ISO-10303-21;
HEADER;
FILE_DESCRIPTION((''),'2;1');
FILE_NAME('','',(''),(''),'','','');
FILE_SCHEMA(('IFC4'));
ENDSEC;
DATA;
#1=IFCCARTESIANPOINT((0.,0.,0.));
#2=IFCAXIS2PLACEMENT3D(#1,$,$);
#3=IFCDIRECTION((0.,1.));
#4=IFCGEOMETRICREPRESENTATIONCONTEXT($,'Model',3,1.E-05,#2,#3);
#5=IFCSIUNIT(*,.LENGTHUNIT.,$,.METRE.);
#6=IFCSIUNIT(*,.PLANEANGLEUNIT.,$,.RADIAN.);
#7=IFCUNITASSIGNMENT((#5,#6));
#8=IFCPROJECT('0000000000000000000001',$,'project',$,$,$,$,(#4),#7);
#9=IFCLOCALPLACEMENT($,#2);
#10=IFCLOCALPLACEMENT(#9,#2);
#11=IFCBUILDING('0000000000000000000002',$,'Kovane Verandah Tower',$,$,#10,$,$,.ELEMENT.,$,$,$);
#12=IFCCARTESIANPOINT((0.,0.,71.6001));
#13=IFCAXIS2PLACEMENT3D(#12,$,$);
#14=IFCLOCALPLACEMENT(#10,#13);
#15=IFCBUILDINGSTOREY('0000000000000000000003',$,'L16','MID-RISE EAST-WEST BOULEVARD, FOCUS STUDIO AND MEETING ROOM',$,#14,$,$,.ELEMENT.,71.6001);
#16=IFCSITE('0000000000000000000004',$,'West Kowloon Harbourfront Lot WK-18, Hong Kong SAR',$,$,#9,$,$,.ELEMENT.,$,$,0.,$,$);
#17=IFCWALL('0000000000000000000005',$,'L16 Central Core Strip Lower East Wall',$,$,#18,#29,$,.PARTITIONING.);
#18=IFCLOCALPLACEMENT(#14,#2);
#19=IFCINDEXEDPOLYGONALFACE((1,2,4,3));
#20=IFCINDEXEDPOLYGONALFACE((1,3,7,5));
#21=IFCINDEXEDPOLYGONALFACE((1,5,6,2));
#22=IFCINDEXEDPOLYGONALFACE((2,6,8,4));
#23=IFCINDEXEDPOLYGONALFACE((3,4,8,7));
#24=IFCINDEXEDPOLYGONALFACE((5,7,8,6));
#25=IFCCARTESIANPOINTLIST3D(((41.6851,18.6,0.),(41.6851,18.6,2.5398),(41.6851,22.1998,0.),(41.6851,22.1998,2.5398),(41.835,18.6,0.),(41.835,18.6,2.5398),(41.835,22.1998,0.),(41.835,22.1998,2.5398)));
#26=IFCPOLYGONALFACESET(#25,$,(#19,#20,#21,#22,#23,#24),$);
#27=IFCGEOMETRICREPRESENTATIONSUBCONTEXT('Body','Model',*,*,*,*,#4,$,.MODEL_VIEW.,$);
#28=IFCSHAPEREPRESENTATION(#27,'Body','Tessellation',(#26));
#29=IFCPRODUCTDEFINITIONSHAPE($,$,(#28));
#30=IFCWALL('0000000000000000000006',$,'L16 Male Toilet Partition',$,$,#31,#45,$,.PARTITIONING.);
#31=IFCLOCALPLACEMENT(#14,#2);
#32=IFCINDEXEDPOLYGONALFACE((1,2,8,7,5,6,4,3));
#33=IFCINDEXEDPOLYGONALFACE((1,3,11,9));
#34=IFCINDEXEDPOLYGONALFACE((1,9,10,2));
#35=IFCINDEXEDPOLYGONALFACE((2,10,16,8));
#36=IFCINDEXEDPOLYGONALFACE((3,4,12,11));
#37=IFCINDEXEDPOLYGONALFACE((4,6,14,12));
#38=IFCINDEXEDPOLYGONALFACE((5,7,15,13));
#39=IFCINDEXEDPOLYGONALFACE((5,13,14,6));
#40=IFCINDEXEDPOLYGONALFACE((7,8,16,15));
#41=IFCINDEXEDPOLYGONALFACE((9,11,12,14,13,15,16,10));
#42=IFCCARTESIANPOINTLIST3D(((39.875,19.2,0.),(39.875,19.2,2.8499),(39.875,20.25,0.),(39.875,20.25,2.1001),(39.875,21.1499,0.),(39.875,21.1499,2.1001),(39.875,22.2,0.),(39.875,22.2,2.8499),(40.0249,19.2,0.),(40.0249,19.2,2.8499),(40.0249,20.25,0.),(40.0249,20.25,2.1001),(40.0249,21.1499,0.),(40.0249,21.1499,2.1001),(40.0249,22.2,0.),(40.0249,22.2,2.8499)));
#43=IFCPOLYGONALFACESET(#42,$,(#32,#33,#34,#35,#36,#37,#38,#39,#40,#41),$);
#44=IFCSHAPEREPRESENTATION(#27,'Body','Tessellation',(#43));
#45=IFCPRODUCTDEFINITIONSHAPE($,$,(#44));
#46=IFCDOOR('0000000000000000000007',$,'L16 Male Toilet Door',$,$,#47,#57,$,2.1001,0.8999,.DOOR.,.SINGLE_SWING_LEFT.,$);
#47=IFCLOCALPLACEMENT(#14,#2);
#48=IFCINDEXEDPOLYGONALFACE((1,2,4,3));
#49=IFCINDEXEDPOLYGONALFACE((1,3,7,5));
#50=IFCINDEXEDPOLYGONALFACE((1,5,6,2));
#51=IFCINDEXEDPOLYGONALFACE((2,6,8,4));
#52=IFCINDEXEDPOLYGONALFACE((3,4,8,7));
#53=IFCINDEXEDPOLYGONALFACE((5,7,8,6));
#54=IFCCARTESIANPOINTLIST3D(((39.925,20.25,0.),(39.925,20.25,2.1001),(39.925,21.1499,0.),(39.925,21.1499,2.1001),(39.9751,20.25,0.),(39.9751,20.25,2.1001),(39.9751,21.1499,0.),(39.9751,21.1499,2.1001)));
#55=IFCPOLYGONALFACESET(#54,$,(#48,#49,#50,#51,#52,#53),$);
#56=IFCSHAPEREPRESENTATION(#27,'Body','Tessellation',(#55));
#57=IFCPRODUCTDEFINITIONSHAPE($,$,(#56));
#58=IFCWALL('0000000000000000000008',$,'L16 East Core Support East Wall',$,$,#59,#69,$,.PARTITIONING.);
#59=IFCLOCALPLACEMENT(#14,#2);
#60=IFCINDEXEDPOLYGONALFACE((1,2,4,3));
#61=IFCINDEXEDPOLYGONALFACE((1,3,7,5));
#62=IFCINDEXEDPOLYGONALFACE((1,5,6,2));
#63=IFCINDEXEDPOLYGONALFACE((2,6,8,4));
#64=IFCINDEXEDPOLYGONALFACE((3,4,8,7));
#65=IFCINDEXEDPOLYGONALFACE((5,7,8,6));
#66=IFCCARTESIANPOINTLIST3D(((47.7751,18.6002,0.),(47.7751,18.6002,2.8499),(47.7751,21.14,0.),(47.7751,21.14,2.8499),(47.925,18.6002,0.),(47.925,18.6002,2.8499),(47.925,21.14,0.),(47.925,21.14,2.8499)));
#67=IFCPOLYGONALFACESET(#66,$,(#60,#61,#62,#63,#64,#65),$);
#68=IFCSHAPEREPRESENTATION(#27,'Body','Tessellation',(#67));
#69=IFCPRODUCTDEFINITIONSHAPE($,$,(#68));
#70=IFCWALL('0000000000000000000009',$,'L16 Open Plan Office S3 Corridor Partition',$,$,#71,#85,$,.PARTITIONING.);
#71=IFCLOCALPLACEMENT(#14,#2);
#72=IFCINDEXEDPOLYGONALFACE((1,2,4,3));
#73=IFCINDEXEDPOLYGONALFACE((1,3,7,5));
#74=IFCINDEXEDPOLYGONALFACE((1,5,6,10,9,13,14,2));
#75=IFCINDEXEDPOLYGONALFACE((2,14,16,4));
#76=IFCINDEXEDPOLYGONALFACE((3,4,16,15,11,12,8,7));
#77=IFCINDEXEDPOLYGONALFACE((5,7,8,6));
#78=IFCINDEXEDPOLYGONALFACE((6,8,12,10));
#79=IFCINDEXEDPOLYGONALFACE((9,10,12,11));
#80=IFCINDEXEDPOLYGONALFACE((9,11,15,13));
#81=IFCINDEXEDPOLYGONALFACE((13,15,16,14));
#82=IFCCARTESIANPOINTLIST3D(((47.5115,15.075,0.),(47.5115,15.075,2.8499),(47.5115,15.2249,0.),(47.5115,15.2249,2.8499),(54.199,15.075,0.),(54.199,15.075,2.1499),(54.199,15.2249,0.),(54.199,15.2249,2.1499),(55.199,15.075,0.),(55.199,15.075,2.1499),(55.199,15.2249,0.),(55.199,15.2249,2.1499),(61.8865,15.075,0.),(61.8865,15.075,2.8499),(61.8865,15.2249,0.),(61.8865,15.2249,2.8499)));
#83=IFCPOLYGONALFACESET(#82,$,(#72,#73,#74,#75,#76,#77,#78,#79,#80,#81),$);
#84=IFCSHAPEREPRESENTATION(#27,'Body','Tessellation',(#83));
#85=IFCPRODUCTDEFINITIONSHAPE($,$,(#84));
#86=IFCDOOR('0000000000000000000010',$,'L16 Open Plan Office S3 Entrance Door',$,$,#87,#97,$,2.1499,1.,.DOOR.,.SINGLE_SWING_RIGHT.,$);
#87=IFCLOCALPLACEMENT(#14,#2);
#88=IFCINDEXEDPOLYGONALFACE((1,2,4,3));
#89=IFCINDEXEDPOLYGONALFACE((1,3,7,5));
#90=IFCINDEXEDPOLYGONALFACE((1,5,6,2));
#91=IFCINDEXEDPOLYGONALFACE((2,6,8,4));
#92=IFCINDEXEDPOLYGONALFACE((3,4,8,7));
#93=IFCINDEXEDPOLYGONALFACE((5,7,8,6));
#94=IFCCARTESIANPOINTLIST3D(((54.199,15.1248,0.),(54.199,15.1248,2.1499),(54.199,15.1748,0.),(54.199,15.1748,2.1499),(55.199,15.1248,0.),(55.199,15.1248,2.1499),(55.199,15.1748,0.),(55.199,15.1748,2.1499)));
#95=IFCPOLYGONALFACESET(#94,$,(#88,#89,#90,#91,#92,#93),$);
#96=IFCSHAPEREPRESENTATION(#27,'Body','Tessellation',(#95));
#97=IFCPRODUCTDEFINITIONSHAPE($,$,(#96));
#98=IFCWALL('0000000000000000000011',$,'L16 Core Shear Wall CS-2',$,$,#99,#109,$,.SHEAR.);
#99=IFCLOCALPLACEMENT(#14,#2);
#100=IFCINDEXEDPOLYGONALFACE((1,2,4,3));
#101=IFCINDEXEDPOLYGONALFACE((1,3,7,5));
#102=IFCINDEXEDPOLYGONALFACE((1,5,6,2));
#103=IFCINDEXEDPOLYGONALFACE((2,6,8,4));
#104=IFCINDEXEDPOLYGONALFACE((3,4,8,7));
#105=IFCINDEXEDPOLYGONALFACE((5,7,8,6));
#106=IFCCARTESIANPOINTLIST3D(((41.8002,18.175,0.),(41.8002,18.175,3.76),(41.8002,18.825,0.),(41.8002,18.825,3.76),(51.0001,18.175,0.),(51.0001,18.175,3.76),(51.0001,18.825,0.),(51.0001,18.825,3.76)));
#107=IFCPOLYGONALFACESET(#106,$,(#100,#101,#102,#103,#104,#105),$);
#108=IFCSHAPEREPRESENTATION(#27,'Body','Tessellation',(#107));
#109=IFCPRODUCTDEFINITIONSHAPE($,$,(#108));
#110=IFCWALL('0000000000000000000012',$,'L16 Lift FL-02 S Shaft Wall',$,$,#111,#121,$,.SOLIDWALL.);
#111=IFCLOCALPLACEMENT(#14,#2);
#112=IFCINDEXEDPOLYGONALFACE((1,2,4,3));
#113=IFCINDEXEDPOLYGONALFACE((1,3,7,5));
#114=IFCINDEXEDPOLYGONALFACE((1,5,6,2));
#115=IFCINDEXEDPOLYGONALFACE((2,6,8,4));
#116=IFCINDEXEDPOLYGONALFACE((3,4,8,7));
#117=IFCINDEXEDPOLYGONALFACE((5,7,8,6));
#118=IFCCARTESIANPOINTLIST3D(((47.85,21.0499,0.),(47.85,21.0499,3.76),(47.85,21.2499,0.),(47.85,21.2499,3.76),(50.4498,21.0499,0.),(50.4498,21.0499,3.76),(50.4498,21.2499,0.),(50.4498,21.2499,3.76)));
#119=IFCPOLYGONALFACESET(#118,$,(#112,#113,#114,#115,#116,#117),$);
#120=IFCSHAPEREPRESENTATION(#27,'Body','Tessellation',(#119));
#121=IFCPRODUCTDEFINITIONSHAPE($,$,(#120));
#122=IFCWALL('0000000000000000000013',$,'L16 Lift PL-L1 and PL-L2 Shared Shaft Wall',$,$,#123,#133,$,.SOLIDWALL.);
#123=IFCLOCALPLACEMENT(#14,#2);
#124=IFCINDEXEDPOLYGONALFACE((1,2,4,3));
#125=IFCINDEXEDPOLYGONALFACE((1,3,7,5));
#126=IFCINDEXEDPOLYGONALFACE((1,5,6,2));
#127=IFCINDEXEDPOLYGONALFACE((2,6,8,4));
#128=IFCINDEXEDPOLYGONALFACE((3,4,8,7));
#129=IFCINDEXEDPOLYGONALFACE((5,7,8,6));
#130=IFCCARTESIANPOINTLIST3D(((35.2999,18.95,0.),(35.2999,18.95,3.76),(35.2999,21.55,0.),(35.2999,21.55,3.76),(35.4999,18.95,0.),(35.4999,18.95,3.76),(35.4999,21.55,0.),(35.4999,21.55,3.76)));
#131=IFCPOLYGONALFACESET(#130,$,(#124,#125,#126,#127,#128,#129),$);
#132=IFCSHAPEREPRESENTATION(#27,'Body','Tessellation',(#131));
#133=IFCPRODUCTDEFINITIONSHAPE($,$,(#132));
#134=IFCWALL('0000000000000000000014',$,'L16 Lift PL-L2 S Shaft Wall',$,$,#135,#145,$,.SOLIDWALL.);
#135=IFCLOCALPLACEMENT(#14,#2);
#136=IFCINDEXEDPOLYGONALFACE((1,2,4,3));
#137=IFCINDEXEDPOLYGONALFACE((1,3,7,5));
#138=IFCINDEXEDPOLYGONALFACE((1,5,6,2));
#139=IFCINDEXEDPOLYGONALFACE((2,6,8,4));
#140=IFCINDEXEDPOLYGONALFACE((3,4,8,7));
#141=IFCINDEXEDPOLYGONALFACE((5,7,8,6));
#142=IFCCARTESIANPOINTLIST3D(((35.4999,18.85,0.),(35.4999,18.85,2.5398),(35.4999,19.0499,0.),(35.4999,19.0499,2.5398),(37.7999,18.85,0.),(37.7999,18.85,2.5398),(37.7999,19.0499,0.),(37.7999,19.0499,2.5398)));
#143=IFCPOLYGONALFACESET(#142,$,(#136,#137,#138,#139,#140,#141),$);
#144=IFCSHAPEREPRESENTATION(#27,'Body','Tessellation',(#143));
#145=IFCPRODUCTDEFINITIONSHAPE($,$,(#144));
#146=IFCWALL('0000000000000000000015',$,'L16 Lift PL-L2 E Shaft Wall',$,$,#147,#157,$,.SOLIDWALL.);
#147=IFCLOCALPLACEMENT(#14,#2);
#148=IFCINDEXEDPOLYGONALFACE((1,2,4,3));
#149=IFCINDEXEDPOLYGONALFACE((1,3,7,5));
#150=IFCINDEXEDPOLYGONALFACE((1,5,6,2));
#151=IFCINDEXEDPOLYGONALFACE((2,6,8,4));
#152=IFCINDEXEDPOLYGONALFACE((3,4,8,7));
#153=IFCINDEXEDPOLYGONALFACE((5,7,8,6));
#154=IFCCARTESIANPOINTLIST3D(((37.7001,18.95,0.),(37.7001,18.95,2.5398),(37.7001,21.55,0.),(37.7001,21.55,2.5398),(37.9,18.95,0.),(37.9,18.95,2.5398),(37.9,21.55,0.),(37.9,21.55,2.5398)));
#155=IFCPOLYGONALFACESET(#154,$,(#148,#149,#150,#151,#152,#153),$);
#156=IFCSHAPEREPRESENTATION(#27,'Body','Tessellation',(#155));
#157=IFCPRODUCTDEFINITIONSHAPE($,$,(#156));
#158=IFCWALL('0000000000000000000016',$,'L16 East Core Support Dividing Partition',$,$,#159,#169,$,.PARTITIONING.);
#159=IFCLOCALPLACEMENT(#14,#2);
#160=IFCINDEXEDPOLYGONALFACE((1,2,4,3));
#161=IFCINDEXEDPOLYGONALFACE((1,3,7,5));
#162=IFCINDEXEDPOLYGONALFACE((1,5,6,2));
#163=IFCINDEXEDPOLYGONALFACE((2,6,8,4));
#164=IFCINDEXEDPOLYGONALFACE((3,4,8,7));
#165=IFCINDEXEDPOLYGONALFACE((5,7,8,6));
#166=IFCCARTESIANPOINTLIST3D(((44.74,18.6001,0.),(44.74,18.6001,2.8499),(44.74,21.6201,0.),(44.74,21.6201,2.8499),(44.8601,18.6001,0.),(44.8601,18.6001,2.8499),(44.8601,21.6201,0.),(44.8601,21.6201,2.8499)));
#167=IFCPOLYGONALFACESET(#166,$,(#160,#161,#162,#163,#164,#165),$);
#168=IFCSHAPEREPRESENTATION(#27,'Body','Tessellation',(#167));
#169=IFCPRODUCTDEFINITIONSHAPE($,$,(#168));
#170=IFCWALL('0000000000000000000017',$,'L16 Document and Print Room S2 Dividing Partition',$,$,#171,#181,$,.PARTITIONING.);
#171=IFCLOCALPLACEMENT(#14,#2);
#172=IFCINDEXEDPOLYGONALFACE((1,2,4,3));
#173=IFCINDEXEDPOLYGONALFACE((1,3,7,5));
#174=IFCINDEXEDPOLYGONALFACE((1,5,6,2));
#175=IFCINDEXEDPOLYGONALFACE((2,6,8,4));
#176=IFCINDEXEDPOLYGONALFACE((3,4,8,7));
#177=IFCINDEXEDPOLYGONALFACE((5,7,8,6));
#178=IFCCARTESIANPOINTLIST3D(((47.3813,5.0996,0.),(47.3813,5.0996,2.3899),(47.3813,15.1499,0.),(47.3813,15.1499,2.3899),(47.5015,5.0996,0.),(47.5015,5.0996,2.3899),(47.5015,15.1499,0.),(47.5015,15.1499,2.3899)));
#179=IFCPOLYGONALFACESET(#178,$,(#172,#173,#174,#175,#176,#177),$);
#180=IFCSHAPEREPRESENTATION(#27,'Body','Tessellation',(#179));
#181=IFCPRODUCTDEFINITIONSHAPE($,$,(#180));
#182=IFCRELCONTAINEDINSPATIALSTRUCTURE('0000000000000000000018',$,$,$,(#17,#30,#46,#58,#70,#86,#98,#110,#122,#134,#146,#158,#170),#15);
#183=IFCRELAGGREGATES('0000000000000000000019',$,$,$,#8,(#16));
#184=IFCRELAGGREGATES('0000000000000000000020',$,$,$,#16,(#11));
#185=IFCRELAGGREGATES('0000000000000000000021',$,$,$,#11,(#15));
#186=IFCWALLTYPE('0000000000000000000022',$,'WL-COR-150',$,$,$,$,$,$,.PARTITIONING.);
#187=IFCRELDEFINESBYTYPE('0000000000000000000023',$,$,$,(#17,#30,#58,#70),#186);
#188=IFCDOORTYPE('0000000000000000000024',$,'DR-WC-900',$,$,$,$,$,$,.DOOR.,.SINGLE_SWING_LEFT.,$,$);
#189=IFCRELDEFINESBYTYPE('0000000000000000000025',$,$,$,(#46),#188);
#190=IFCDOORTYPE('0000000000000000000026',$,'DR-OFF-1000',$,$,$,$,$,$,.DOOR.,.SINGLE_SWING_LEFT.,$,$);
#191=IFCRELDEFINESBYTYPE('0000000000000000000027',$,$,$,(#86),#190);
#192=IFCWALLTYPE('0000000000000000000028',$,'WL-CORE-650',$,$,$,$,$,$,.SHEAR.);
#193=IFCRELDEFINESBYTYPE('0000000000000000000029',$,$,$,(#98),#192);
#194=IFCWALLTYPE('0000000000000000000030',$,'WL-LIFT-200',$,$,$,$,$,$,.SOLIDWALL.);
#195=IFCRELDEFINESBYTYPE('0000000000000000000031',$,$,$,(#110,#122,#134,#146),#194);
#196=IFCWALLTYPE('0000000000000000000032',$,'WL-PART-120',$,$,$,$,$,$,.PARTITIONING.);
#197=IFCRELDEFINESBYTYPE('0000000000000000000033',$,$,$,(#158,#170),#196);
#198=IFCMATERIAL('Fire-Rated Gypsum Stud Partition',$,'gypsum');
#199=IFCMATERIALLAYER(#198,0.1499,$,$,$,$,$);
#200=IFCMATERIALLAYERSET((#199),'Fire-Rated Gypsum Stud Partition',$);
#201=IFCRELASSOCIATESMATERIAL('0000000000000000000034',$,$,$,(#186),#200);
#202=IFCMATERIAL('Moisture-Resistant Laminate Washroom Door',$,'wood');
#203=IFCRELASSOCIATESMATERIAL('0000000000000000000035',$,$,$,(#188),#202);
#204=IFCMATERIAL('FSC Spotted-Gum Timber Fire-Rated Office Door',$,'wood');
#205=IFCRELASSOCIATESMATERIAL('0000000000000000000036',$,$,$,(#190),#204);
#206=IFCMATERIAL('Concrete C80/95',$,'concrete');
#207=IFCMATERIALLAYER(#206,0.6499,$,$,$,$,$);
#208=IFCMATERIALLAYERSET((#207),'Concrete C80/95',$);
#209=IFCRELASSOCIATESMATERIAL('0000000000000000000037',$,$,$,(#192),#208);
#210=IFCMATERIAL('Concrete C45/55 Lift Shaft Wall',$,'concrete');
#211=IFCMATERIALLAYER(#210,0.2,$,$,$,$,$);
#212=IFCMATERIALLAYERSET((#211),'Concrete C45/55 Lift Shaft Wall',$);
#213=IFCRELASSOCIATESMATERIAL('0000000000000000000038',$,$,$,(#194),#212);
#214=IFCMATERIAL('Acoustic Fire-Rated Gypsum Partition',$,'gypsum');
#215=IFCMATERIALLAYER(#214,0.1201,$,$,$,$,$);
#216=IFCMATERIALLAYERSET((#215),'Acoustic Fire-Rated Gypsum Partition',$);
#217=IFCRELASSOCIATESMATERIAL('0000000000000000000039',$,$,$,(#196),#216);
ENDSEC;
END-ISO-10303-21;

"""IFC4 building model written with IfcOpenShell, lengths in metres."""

from ifc_helpers import new_model, si_unit, direction, frame, frame_2d, origin, place, context, subcontext, project, spatial, rectangle, extrude, material, layer, layer_set, type_object, element, fill, save


model = new_model("IFC4")

# Units and contexts
model_context = context("Model", 3, precision=1e-05, world=origin(), true_north=direction((0.0, 1.0)))
body_context = subcontext(model_context, "Body", "Model", "MODEL_VIEW")
ifc_project = project(units=[si_unit("LENGTHUNIT", "METRE"), si_unit("PLANEANGLEUNIT", "RADIAN")], contexts=[model_context])

# Site, building, storey
site_placement = place(None, origin())
site = spatial("IfcSite", under=ifc_project, at=site_placement, Name="West Kowloon Harbourfront Lot WK-18, Hong Kong SAR", CompositionType="ELEMENT", RefElevation=0.0)
building_placement = place(site_placement, origin())
building = spatial("IfcBuilding", under=site, at=building_placement, Name="Kovane Verandah Tower", CompositionType="ELEMENT")
storey_placement = place(building_placement, frame((0.0, 0.0, 71.6001)))
storey = spatial("IfcBuildingStorey", under=building, at=storey_placement, Name="L16", Description="MID-RISE EAST-WEST BOULEVARD, FOCUS STUDIO AND MEETING ROOM", CompositionType="ELEMENT", Elevation=71.6001)

# Shared definitions
ifc_material_1 = material(Name="Concrete C80/95", Category="concrete")

# Wall
ifc_material_2 = material(Name="Fire-Rated Gypsum Stud Partition", Category="gypsum")
ifc_layer_1 = layer(ifc_material_2, 0.1499)
ifc_layer_set_1 = layer_set([ifc_layer_1], Name="Fire-Rated Gypsum Stud Partition")
wall_type_1 = type_object("IfcWallType", Name="WL-COR-150", PredefinedType="PARTITIONING", material=ifc_layer_set_1)
wall_1_placement = place(storey_placement, frame((41.76, 18.6001, 0.0), z_axis=(0.0, 0.0, 1.0), x_axis=(0.0, 1.0, 0.0)))
element("IfcWall", 1, at=wall_1_placement, inside=storey, type_object=wall_type_1, Name="L16 Central Core Strip Lower East Wall", PredefinedType="PARTITIONING", context=body_context, shape_type="SweptSolid", body=[
    extrude(rectangle(XDim=3.5999, YDim=0.1499, at=frame_2d((1.7998, 0.0))), origin(), (0.0, 0.0, 1.0), 2.5398),
])

# Wall, opening, door
wall_2_placement = place(storey_placement, frame((39.95, 19.2, 0.0), z_axis=(0.0, 0.0, 1.0), x_axis=(0.0, 1.0, 0.0)))
wall_2 = element("IfcWall", 2, at=wall_2_placement, inside=storey, type_object=wall_type_1, Name="L16 Male Toilet Partition", PredefinedType="PARTITIONING", context=body_context, shape_type="SweptSolid", body=[
    extrude(rectangle(XDim=3.0, YDim=0.1499, at=frame_2d((1.5, 0.0))), origin(), (0.0, 0.0, 1.0), 2.8499),
])
opening_1_placement = place(wall_2_placement, frame((1.05, 0.0, 0.0)))
opening_1 = element("IfcOpeningElement", 3, at=opening_1_placement, cuts=wall_2, PredefinedType="OPENING", context=body_context, shape_type="SweptSolid", body=[
    extrude(rectangle(XDim=0.8999, YDim=2.1001, at=frame_2d((0.45, 1.05))), frame((0.0, 0.075, 0.0), z_axis=(0.0, -1.0, 0.0), x_axis=(1.0, 0.0, 0.0)), (0.0, 0.0, 1.0), 0.1499),
])
ifc_material_3 = material(Name="Moisture-Resistant Laminate Washroom Door", Category="wood")
door_type_1 = type_object("IfcDoorType", Name="DR-WC-900", OperationType="SINGLE_SWING_LEFT", PredefinedType="DOOR", material=ifc_material_3)
door_1_placement = place(opening_1_placement, origin())
door_1 = element("IfcDoor", 4, at=door_1_placement, inside=storey, type_object=door_type_1, Name="L16 Male Toilet Door", OperationType="SINGLE_SWING_LEFT", OverallHeight=2.1001, OverallWidth=0.8999, PredefinedType="DOOR", context=body_context, shape_type="SweptSolid", body=[
    extrude(rectangle(XDim=0.8999, YDim=2.1001, at=frame_2d((0.45, 1.05))), frame((0.0, 0.0249, 0.0), z_axis=(0.0, -1.0, 0.0), x_axis=(1.0, 0.0, 0.0)), (0.0, 0.0, 1.0), 0.05),
])
fill(opening_1, door_1)

# Wall
wall_3_placement = place(storey_placement, frame((47.8501, 18.6001, 0.0), z_axis=(0.0, 0.0, 1.0), x_axis=(0.0, 1.0, 0.0)))
element("IfcWall", 5, at=wall_3_placement, inside=storey, type_object=wall_type_1, Name="L16 East Core Support East Wall", PredefinedType="PARTITIONING", context=body_context, shape_type="SweptSolid", body=[
    extrude(rectangle(XDim=2.5398, YDim=0.1499, at=frame_2d((1.27, 0.0))), origin(), (0.0, 0.0, 1.0), 2.8499),
])

# Wall, opening, door
wall_4_placement = place(storey_placement, frame((47.5115, 15.1499, 0.0), z_axis=(0.0, 0.0, 1.0), x_axis=(1.0, 0.0, 0.0)))
wall_4 = element("IfcWall", 6, at=wall_4_placement, inside=storey, type_object=wall_type_1, Name="L16 Open Plan Office S3 Corridor Partition", PredefinedType="PARTITIONING", context=body_context, shape_type="SweptSolid", body=[
    extrude(rectangle(XDim=14.375, YDim=0.1499, at=frame_2d((7.1875, 0.0))), origin(), (0.0, 0.0, 1.0), 2.8499),
])
opening_2_placement = place(wall_4_placement, frame((6.6875, 0.0, 0.0)))
opening_2 = element("IfcOpeningElement", 7, at=opening_2_placement, cuts=wall_4, PredefinedType="OPENING", context=body_context, shape_type="SweptSolid", body=[
    extrude(rectangle(XDim=1.0, YDim=2.1499, at=frame_2d((0.5, 1.075))), frame((0.0, 0.075, 0.0), z_axis=(0.0, -1.0, 0.0), x_axis=(1.0, 0.0, 0.0)), (0.0, 0.0, 1.0), 0.1499),
])
ifc_material_4 = material(Name="FSC Spotted-Gum Timber Fire-Rated Office Door", Category="wood")
door_type_2 = type_object("IfcDoorType", Name="DR-OFF-1000", OperationType="SINGLE_SWING_LEFT", PredefinedType="DOOR", material=ifc_material_4)
door_2_placement = place(opening_2_placement, origin())
door_2 = element("IfcDoor", 8, at=door_2_placement, inside=storey, type_object=door_type_2, Name="L16 Open Plan Office S3 Entrance Door", OperationType="SINGLE_SWING_RIGHT", OverallHeight=2.1499, OverallWidth=1.0, PredefinedType="DOOR", context=body_context, shape_type="SweptSolid", body=[
    extrude(rectangle(XDim=1.0, YDim=2.1499, at=frame_2d((0.5, 1.075))), frame((0.0, 0.0249, 0.0), z_axis=(0.0, -1.0, 0.0), x_axis=(1.0, 0.0, 0.0)), (0.0, 0.0, 1.0), 0.05),
])
fill(opening_2, door_2)

# Walls
ifc_layer_2 = layer(ifc_material_1, 0.6499)
ifc_layer_set_2 = layer_set([ifc_layer_2], Name="Concrete C80/95")
wall_type_2 = type_object("IfcWallType", Name="WL-CORE-650", PredefinedType="SHEAR", material=ifc_layer_set_2)
wall_5_placement = place(storey_placement, frame((41.8, 18.5, 0.0), z_axis=(0.0, 0.0, 1.0), x_axis=(1.0, 0.0, 0.0)))
element("IfcWall", 9, at=wall_5_placement, inside=storey, type_object=wall_type_2, Name="L16 Core Shear Wall CS-2", PredefinedType="SHEAR", context=body_context, shape_type="SweptSolid", body=[
    extrude(rectangle(XDim=9.2, YDim=0.6499, at=frame_2d((4.6001, 0.0))), origin(), (0.0, 0.0, 1.0), 3.76),
])
ifc_material_5 = material(Name="Concrete C45/55 Lift Shaft Wall", Category="concrete")
ifc_layer_3 = layer(ifc_material_5, 0.2)
ifc_layer_set_3 = layer_set([ifc_layer_3], Name="Concrete C45/55 Lift Shaft Wall")
wall_type_3 = type_object("IfcWallType", Name="WL-LIFT-200", PredefinedType="SOLIDWALL", material=ifc_layer_set_3)
wall_6_placement = place(storey_placement, frame((47.8501, 21.1499, 0.0), z_axis=(0.0, 0.0, 1.0), x_axis=(1.0, 0.0, 0.0)))
element("IfcWall", 10, at=wall_6_placement, inside=storey, type_object=wall_type_3, Name="L16 Lift FL-02 S Shaft Wall", PredefinedType="SOLIDWALL", context=body_context, shape_type="SweptSolid", body=[
    extrude(rectangle(XDim=2.5999, YDim=0.2, at=frame_2d((1.2998, 0.0))), origin(), (0.0, 0.0, 1.0), 3.76),
])

# Walls
wall_7_placement = place(storey_placement, frame((35.3999, 18.95, 0.0), z_axis=(0.0, 0.0, 1.0), x_axis=(0.0, 1.0, 0.0)))
element("IfcWall", 11, at=wall_7_placement, inside=storey, type_object=wall_type_3, Name="L16 Lift PL-L1 and PL-L2 Shared Shaft Wall", PredefinedType="SOLIDWALL", context=body_context, shape_type="SweptSolid", body=[
    extrude(rectangle(XDim=2.6001, YDim=0.2, at=frame_2d((1.3, 0.0))), origin(), (0.0, 0.0, 1.0), 3.76),
])
wall_8_placement = place(storey_placement, frame((35.5, 18.95, 0.0), z_axis=(0.0, 0.0, 1.0), x_axis=(1.0, 0.0, 0.0)))
element("IfcWall", 12, at=wall_8_placement, inside=storey, type_object=wall_type_3, Name="L16 Lift PL-L2 S Shaft Wall", PredefinedType="SOLIDWALL", context=body_context, shape_type="SweptSolid", body=[
    extrude(rectangle(XDim=2.3, YDim=0.2, at=frame_2d((1.1499, 0.0))), origin(), (0.0, 0.0, 1.0), 2.5398),
])
wall_9_placement = place(storey_placement, frame((37.8, 18.95, 0.0), z_axis=(0.0, 0.0, 1.0), x_axis=(0.0, 1.0, 0.0)))
element("IfcWall", 13, at=wall_9_placement, inside=storey, type_object=wall_type_3, Name="L16 Lift PL-L2 E Shaft Wall", PredefinedType="SOLIDWALL", context=body_context, shape_type="SweptSolid", body=[
    extrude(rectangle(XDim=2.6001, YDim=0.2, at=frame_2d((1.3, 0.0))), origin(), (0.0, 0.0, 1.0), 2.5398),
])
ifc_material_6 = material(Name="Acoustic Fire-Rated Gypsum Partition", Category="gypsum")
ifc_layer_4 = layer(ifc_material_6, 0.1201)
ifc_layer_set_4 = layer_set([ifc_layer_4], Name="Acoustic Fire-Rated Gypsum Partition")
wall_type_4 = type_object("IfcWallType", Name="WL-PART-120", PredefinedType="PARTITIONING", material=ifc_layer_set_4)
wall_10_placement = place(storey_placement, frame((44.8, 18.6001, 0.0), z_axis=(0.0, 0.0, 1.0), x_axis=(0.0, 1.0, 0.0)))
element("IfcWall", 14, at=wall_10_placement, inside=storey, type_object=wall_type_4, Name="L16 East Core Support Dividing Partition", PredefinedType="PARTITIONING", context=body_context, shape_type="SweptSolid", body=[
    extrude(rectangle(XDim=3.02, YDim=0.1201, at=frame_2d((1.51, 0.0))), origin(), (0.0, 0.0, 1.0), 2.8499),
])
wall_11_placement = place(storey_placement, frame((47.4414, 5.0996, 0.0), z_axis=(0.0, 0.0, 1.0), x_axis=(0.0, 1.0, 0.0)))
element("IfcWall", 15, at=wall_11_placement, inside=storey, type_object=wall_type_4, Name="L16 Document and Print Room S2 Dividing Partition", PredefinedType="PARTITIONING", context=body_context, shape_type="SweptSolid", body=[
    extrude(rectangle(XDim=10.0503, YDim=0.1201, at=frame_2d((5.0251, 0.0))), origin(), (0.0, 0.0, 1.0), 2.3899),
])

save(model, "model.ifc")
